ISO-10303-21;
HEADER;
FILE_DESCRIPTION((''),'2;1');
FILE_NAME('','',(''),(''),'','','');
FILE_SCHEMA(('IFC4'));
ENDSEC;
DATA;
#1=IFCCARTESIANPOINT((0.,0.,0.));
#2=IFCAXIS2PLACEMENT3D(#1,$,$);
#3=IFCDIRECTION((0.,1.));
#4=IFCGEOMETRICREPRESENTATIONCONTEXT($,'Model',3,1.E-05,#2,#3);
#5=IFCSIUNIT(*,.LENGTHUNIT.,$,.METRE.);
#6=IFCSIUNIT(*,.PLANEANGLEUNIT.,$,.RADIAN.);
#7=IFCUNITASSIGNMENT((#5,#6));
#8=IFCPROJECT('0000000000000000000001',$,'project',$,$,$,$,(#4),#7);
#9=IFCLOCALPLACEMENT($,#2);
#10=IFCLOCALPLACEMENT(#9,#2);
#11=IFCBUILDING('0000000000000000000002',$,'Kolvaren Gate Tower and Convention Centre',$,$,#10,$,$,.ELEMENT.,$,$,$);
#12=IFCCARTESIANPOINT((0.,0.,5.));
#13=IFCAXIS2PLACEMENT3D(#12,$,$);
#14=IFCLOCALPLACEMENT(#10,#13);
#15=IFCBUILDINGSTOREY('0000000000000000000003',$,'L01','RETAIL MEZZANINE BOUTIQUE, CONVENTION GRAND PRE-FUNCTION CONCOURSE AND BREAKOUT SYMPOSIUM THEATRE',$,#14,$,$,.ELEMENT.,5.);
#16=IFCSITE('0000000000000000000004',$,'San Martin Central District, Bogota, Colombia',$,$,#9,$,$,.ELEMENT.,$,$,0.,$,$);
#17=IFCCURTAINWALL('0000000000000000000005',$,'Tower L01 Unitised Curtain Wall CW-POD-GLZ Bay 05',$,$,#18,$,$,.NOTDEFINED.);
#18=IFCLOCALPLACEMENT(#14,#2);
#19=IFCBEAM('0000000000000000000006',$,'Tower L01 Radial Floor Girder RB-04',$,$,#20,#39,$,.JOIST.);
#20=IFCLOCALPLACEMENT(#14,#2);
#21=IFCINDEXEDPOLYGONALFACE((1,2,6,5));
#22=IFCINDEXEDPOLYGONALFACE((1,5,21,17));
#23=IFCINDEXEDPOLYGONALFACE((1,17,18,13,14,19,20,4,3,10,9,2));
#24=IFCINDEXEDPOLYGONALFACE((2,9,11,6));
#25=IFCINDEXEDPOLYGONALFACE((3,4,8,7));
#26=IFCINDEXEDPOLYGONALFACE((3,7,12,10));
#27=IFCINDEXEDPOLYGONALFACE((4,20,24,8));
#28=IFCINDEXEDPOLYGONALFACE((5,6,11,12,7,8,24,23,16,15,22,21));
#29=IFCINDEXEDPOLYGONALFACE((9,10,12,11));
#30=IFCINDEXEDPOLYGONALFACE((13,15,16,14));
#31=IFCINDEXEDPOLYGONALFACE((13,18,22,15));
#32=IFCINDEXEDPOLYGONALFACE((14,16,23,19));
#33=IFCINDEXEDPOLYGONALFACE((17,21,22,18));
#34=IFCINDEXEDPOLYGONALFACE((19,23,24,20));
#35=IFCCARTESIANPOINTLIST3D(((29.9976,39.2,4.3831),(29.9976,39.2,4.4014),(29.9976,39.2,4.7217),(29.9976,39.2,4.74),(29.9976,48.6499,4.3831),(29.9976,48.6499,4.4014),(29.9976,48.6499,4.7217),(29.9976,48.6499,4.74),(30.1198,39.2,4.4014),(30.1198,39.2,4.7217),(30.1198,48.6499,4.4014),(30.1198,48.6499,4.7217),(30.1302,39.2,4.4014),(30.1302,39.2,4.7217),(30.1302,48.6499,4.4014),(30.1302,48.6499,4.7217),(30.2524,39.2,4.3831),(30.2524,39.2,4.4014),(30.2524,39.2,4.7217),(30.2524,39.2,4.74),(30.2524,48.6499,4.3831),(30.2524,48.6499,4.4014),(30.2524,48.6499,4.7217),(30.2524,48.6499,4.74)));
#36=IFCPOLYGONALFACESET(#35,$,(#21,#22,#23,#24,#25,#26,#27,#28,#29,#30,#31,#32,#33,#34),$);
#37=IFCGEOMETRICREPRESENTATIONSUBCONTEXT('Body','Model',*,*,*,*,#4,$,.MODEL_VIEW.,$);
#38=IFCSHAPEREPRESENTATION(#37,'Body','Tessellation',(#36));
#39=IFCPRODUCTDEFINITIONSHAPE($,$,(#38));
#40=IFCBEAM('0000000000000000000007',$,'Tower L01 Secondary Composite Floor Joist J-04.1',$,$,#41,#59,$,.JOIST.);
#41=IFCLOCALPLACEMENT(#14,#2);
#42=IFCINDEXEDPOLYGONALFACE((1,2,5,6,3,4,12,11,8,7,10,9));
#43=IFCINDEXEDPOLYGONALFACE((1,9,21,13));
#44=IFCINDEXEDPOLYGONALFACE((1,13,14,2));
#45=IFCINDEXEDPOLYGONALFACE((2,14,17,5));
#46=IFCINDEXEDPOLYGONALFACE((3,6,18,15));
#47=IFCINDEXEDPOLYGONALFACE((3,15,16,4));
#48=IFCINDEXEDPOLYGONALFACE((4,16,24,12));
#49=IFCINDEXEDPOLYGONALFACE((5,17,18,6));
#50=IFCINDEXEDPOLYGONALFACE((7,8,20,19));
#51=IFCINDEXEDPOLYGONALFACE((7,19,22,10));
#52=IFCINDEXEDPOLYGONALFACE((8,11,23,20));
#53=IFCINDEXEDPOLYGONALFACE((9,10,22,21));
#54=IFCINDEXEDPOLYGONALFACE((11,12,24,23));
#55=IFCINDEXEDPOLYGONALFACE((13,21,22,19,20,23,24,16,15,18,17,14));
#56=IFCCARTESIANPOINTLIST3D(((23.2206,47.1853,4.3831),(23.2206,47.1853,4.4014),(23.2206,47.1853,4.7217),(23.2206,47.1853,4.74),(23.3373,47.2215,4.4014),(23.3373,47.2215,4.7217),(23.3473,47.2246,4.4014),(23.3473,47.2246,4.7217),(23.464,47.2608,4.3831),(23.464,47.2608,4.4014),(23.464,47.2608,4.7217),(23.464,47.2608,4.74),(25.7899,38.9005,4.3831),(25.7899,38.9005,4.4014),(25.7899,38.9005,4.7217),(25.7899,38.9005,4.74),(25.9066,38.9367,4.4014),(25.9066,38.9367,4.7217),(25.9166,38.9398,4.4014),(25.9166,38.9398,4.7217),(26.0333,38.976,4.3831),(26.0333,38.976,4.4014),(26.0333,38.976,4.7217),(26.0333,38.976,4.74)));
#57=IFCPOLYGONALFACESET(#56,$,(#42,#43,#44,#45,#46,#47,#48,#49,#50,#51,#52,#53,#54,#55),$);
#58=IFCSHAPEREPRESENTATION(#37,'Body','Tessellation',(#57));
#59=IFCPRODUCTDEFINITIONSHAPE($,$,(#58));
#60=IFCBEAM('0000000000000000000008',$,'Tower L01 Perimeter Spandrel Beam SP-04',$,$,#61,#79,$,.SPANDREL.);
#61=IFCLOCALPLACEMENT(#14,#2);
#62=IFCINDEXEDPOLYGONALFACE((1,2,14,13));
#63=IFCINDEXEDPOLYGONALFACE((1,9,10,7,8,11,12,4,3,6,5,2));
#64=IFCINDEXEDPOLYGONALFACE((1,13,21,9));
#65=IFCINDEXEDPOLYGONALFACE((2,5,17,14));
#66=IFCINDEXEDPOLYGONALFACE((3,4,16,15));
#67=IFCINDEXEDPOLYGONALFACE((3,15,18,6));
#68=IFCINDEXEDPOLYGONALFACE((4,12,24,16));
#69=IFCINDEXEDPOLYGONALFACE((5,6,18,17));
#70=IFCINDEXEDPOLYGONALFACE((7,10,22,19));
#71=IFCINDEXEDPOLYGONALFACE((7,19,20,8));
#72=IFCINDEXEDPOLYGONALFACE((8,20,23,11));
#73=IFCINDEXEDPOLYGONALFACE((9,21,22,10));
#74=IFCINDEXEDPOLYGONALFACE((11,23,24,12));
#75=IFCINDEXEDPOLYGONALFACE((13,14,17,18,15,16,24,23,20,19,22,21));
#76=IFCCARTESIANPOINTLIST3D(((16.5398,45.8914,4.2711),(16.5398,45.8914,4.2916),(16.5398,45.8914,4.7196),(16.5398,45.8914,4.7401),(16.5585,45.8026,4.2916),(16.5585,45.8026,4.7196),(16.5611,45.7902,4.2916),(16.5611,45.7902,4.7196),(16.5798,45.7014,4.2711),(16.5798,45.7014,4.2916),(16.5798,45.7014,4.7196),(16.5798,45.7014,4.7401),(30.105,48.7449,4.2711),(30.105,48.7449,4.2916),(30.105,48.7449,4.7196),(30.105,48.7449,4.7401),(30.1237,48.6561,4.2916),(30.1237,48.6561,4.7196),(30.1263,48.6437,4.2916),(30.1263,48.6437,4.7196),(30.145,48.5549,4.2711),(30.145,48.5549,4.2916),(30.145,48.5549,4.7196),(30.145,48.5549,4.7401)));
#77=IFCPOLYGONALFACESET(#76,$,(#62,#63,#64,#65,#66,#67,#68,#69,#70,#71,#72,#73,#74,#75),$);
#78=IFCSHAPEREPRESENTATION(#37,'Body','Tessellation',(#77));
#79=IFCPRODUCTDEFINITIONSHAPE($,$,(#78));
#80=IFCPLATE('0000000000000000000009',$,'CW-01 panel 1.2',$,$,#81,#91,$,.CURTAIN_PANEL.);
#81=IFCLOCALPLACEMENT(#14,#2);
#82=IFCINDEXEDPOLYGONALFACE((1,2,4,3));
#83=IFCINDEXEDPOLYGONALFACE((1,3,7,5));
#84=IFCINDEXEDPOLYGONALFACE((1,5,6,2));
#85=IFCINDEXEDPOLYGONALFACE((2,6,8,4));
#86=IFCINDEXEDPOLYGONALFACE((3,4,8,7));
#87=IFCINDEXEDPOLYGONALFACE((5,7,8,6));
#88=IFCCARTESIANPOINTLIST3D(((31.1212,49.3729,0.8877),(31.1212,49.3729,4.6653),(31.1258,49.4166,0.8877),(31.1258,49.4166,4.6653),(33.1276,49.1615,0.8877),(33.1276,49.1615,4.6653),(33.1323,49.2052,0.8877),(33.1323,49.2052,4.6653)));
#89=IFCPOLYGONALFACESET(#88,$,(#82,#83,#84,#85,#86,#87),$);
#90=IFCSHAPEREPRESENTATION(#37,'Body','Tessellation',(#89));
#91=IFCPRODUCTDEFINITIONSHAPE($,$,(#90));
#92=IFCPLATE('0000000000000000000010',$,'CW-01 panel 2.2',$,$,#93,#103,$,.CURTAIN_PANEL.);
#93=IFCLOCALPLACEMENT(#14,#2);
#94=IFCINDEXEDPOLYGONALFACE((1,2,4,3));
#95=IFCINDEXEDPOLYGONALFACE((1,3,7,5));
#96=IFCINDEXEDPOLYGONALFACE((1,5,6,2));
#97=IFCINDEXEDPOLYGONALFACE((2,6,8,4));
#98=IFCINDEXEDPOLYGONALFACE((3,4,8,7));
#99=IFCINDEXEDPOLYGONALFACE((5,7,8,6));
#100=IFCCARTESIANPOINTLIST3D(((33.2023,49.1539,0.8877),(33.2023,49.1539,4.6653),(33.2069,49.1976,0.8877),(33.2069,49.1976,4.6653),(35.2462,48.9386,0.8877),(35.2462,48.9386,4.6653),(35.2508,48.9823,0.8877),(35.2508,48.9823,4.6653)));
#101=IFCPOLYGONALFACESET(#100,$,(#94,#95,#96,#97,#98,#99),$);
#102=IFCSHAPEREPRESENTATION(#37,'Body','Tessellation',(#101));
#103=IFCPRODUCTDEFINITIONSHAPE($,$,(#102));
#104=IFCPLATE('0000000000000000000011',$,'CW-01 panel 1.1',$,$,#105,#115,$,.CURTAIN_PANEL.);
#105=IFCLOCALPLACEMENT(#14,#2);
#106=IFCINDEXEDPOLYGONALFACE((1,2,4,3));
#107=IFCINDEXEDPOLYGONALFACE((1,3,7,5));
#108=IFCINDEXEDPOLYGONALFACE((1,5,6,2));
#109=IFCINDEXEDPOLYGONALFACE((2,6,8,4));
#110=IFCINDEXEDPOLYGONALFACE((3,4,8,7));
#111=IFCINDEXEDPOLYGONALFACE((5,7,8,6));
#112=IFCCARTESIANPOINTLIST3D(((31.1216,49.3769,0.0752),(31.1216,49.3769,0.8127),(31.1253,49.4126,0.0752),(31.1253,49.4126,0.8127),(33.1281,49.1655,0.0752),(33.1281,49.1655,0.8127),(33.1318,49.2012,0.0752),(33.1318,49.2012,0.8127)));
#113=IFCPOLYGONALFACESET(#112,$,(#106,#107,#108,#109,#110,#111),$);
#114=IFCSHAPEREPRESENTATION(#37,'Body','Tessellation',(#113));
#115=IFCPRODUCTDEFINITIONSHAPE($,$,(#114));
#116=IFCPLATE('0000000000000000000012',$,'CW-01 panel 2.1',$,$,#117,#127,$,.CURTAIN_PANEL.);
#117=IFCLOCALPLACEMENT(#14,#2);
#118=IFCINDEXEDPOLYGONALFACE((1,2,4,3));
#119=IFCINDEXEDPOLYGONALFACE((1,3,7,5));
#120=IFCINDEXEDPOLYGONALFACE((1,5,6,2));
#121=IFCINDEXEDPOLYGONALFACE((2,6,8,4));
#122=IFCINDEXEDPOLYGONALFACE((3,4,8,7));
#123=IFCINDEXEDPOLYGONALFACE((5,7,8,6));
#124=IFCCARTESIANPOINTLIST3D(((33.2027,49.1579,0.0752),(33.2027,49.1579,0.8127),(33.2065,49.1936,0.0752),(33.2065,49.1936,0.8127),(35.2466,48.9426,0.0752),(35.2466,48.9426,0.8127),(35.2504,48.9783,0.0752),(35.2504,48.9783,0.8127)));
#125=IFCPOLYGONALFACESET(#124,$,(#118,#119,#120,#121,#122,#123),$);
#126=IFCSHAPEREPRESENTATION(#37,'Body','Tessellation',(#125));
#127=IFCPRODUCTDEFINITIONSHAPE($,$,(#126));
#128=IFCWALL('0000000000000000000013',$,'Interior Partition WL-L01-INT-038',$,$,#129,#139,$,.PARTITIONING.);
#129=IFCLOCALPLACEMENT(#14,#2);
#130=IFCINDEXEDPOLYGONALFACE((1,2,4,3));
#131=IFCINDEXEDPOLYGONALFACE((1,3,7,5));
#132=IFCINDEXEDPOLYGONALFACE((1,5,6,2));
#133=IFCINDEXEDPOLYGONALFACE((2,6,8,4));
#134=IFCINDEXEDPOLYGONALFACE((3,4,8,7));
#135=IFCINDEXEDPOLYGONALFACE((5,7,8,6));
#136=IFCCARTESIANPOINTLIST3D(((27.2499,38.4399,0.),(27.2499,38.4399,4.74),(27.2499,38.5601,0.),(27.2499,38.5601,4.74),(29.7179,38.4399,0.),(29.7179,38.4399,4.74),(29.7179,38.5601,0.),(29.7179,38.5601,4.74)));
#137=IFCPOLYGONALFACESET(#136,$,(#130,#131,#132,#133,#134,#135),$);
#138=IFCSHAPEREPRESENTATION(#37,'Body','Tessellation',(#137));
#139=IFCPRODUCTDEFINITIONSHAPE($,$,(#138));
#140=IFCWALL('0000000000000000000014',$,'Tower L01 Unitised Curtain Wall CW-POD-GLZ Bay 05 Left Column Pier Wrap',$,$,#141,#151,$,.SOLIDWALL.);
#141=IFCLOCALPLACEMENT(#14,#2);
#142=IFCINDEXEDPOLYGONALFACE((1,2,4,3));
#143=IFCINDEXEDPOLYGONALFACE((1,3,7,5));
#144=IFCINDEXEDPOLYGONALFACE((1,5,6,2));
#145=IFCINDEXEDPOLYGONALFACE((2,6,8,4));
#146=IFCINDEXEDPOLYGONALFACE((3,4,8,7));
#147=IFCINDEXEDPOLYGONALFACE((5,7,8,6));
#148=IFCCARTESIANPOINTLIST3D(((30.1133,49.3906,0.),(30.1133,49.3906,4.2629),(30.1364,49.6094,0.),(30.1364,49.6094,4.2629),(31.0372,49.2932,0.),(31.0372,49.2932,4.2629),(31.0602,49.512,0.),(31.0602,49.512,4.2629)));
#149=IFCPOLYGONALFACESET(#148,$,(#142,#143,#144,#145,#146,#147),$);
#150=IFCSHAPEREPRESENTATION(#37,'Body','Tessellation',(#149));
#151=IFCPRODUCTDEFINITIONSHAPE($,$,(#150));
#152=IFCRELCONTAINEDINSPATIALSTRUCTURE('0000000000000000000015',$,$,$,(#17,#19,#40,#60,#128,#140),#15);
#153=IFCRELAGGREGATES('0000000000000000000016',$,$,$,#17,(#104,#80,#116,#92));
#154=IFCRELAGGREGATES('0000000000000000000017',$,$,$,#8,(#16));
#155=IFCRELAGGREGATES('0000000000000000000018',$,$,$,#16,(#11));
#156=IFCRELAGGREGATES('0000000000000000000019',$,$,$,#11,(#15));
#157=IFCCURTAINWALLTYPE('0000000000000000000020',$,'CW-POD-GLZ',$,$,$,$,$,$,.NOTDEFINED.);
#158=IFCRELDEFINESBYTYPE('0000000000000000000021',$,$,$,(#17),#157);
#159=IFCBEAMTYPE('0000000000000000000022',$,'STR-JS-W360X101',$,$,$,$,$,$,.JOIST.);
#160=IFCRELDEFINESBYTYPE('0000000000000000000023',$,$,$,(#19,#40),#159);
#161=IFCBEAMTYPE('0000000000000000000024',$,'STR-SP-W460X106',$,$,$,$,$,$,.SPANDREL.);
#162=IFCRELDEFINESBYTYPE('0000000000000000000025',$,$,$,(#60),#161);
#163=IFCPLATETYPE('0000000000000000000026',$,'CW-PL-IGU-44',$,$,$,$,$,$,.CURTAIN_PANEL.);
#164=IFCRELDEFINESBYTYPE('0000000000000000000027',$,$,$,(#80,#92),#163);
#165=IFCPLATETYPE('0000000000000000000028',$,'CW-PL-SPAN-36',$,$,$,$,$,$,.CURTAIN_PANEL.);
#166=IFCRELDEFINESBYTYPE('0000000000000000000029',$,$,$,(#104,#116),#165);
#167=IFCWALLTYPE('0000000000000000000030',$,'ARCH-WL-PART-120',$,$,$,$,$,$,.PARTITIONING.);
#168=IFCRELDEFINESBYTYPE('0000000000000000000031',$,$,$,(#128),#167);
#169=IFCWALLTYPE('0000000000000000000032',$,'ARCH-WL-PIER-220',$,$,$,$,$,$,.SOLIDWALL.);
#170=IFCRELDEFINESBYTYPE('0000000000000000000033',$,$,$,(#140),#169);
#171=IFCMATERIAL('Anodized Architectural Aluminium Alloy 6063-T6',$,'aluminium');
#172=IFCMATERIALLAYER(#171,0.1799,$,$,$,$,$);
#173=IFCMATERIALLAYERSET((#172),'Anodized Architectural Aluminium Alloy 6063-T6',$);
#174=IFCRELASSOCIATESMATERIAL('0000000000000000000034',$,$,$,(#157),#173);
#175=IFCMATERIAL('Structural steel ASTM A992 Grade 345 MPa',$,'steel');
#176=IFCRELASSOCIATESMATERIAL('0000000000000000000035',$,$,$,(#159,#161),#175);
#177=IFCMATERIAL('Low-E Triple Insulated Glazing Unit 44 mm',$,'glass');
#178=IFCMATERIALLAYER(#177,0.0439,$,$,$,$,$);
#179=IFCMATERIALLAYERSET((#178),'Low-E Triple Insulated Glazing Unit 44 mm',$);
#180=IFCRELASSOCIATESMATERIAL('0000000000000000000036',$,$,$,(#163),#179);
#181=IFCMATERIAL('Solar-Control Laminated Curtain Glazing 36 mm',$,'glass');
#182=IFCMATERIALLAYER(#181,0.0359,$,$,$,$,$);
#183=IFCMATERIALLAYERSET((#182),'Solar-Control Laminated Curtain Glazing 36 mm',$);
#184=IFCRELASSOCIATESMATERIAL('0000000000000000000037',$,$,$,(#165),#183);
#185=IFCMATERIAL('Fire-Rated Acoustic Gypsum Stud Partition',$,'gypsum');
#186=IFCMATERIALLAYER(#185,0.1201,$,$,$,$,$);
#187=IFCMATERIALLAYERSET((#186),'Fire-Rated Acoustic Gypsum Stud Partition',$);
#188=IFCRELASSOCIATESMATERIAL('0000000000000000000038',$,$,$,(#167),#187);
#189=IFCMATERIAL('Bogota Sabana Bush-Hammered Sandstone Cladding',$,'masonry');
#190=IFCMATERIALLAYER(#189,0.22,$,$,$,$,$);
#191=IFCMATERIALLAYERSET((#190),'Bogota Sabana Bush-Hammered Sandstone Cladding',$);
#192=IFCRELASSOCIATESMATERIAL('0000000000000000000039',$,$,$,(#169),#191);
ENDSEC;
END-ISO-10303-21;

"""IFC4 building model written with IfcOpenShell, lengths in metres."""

from ifc_helpers import new_model, si_unit, direction, frame, frame_2d, origin, origin_2d, place, context, subcontext, project, spatial, rectangle, i_section, extrude, material, layer, layer_set, material_profile, profile_set, type_object, element, aggregate, save


model = new_model("IFC4")

# Units and contexts
model_context = context("Model", 3, precision=1e-05, world=origin(), true_north=direction((0.0, 1.0)))
body_context = subcontext(model_context, "Body", "Model", "MODEL_VIEW")
ifc_project = project(units=[si_unit("LENGTHUNIT", "METRE"), si_unit("PLANEANGLEUNIT", "RADIAN")], contexts=[model_context])

# Site, building, storey
site_placement = place(None, origin())
site = spatial("IfcSite", under=ifc_project, at=site_placement, Name="San Martin Central District, Bogota, Colombia", CompositionType="ELEMENT", RefElevation=0.0)
building_placement = place(site_placement, origin())
building = spatial("IfcBuilding", under=site, at=building_placement, Name="Kolvaren Gate Tower and Convention Centre", CompositionType="ELEMENT")
storey_placement = place(building_placement, frame((0.0, 0.0, 5.0)))
storey = spatial("IfcBuildingStorey", under=building, at=storey_placement, Name="L01", Description="RETAIL MEZZANINE BOUTIQUE, CONVENTION GRAND PRE-FUNCTION CONCOURSE AND BREAKOUT SYMPOSIUM THEATRE", CompositionType="ELEMENT", Elevation=5.0)

# Curtain wall
ifc_material_1 = material(Name="Anodized Architectural Aluminium Alloy 6063-T6", Category="aluminium")
ifc_layer_1 = layer(ifc_material_1, 0.1799)
ifc_layer_set_1 = layer_set([ifc_layer_1], Name="Anodized Architectural Aluminium Alloy 6063-T6")
curtain_wall_type = type_object("IfcCurtainWallType", Name="CW-POD-GLZ", PredefinedType="NOTDEFINED", material=ifc_layer_set_1)
curtain_wall_placement = place(storey_placement, origin())
curtain_wall = element("IfcCurtainWall", 1, at=curtain_wall_placement, inside=storey, type_object=curtain_wall_type, Name="Tower L01 Unitised Curtain Wall CW-POD-GLZ Bay 05", PredefinedType="NOTDEFINED")

# Beams
ifc_material_2 = material(Name="Structural steel ASTM A992 Grade 345 MPa", Category="steel")
ifc_material_profile_1 = material_profile(ifc_material_2, i_section(OverallWidth=0.2549, OverallDepth=0.3569, WebThickness=0.0105, FlangeThickness=0.0183, at=origin_2d()), Name="W360X101")
ifc_profile_set_1 = profile_set([ifc_material_profile_1], Name="Structural steel ASTM A992 Grade 345 MPa")
beam_type_1 = type_object("IfcBeamType", Name="STR-JS-W360X101", PredefinedType="JOIST", material=ifc_profile_set_1)
beam_1_placement = place(storey_placement, frame((30.125, 39.2, 4.5615), z_axis=(0.0, 1.0, 0.0), x_axis=(-1.0, 0.0, 0.0)))
element("IfcBeam", 2, at=beam_1_placement, inside=storey, type_object=beam_type_1, Name="Tower L01 Radial Floor Girder RB-04", PredefinedType="JOIST", context=body_context, shape_type="SweptSolid", body=[
    extrude(i_section(OverallWidth=0.2549, OverallDepth=0.3569, WebThickness=0.0105, FlangeThickness=0.0183, at=origin_2d()), origin(), (0.0, 0.0, 1.0), 9.45),
])
beam_2_placement = place(storey_placement, frame((25.9116, 38.9382, 4.5615), z_axis=(-0.296205, 0.955124, 0.0), x_axis=(-0.955124, -0.296205, 0.0)))
element("IfcBeam", 3, at=beam_2_placement, inside=storey, type_object=beam_type_1, Name="Tower L01 Secondary Composite Floor Joist J-04.1", PredefinedType="JOIST", context=body_context, shape_type="SweptSolid", body=[
    extrude(i_section(OverallWidth=0.2549, OverallDepth=0.3569, WebThickness=0.0105, FlangeThickness=0.0183, at=origin_2d()), origin(), (0.0, 0.0, 1.0), 8.6741),
])
ifc_material_profile_2 = material_profile(ifc_material_2, i_section(OverallWidth=0.1941, OverallDepth=0.469, WebThickness=0.0127, FlangeThickness=0.0205, at=origin_2d()), Name="W460X106")
ifc_profile_set_2 = profile_set([ifc_material_profile_2], Name="Structural steel ASTM A992 Grade 345 MPa")
beam_type_2 = type_object("IfcBeamType", Name="STR-SP-W460X106", PredefinedType="SPANDREL", material=ifc_profile_set_2)
beam_3_placement = place(storey_placement, frame((30.125, 48.6499, 4.5056), z_axis=(-0.978583, -0.205851, 0.0), x_axis=(0.205851, -0.978583, 0.0)))
element("IfcBeam", 4, at=beam_3_placement, inside=storey, type_object=beam_type_2, Name="Tower L01 Perimeter Spandrel Beam SP-04", PredefinedType="SPANDREL", context=body_context, shape_type="SweptSolid", body=[
    extrude(i_section(OverallWidth=0.1941, OverallDepth=0.469, WebThickness=0.0127, FlangeThickness=0.0205, at=origin_2d()), origin(), (0.0, 0.0, 1.0), 13.8621),
])

# Plates
ifc_material_3 = material(Name="Low-E Triple Insulated Glazing Unit 44 mm", Category="glass")
ifc_layer_2 = layer(ifc_material_3, 0.0439)
ifc_layer_set_2 = layer_set([ifc_layer_2], Name="Low-E Triple Insulated Glazing Unit 44 mm")
plate_type_1 = type_object("IfcPlateType", Name="CW-PL-IGU-44", PredefinedType="CURTAIN_PANEL", material=ifc_layer_set_2)
plate_1_placement = place(storey_placement, frame((32.1267, 49.2891, 0.8877), z_axis=(0.0, 0.0, 1.0), x_axis=(0.994499, -0.104748, 0.0)))
plate_1 = element("IfcPlate", 5, at=plate_1_placement, type_object=plate_type_1, Name="CW-01 panel 1.2", PredefinedType="CURTAIN_PANEL", context=body_context, shape_type="SweptSolid", body=[
    extrude(rectangle(XDim=2.0176, YDim=0.0439, at=origin_2d()), origin(), (0.0, 0.0, 1.0), 3.7776),
])
plate_2_placement = place(storey_placement, frame((34.2266, 49.0681, 0.8877), z_axis=(0.0, 0.0, 1.0), x_axis=(0.994499, -0.104748, 0.0)))
plate_2 = element("IfcPlate", 6, at=plate_2_placement, type_object=plate_type_1, Name="CW-01 panel 2.2", PredefinedType="CURTAIN_PANEL", context=body_context, shape_type="SweptSolid", body=[
    extrude(rectangle(XDim=2.0552, YDim=0.0439, at=origin_2d()), origin(), (0.0, 0.0, 1.0), 3.7776),
])
ifc_material_4 = material(Name="Solar-Control Laminated Curtain Glazing 36 mm", Category="glass")
ifc_layer_3 = layer(ifc_material_4, 0.0359)
ifc_layer_set_3 = layer_set([ifc_layer_3], Name="Solar-Control Laminated Curtain Glazing 36 mm")
plate_type_2 = type_object("IfcPlateType", Name="CW-PL-SPAN-36", PredefinedType="CURTAIN_PANEL", material=ifc_layer_set_3)
plate_3_placement = place(storey_placement, frame((32.1267, 49.2891, 0.0752), z_axis=(0.0, 0.0, 1.0), x_axis=(0.994499, -0.104748, 0.0)))
plate_3 = element("IfcPlate", 7, at=plate_3_placement, type_object=plate_type_2, Name="CW-01 panel 1.1", PredefinedType="CURTAIN_PANEL", context=body_context, shape_type="SweptSolid", body=[
    extrude(rectangle(XDim=2.0176, YDim=0.0359, at=origin_2d()), origin(), (0.0, 0.0, 1.0), 0.7375),
])
plate_4_placement = place(storey_placement, frame((34.2266, 49.0681, 0.0752), z_axis=(0.0, 0.0, 1.0), x_axis=(0.994499, -0.104748, 0.0)))
plate_4 = element("IfcPlate", 8, at=plate_4_placement, type_object=plate_type_2, Name="CW-01 panel 2.1", PredefinedType="CURTAIN_PANEL", context=body_context, shape_type="SweptSolid", body=[
    extrude(rectangle(XDim=2.0552, YDim=0.0359, at=origin_2d()), origin(), (0.0, 0.0, 1.0), 0.7375),
])
aggregate(curtain_wall, [plate_3, plate_1, plate_4, plate_2])

# Walls
ifc_material_5 = material(Name="Fire-Rated Acoustic Gypsum Stud Partition", Category="gypsum")
ifc_layer_4 = layer(ifc_material_5, 0.1201)
ifc_layer_set_4 = layer_set([ifc_layer_4], Name="Fire-Rated Acoustic Gypsum Stud Partition")
wall_type_1 = type_object("IfcWallType", Name="ARCH-WL-PART-120", PredefinedType="PARTITIONING", material=ifc_layer_set_4)
wall_1_placement = place(storey_placement, frame((27.25, 38.5, 0.0), z_axis=(0.0, 0.0, 1.0), x_axis=(1.0, 0.0, 0.0)))
element("IfcWall", 9, at=wall_1_placement, inside=storey, type_object=wall_type_1, Name="Interior Partition WL-L01-INT-038", PredefinedType="PARTITIONING", context=body_context, shape_type="SweptSolid", body=[
    extrude(rectangle(XDim=2.468, YDim=0.1201, at=frame_2d((1.2339, 0.0))), origin(), (0.0, 0.0, 1.0), 4.74),
])
ifc_material_6 = material(Name="Bogota Sabana Bush-Hammered Sandstone Cladding", Category="masonry")
ifc_layer_5 = layer(ifc_material_6, 0.22)
ifc_layer_set_5 = layer_set([ifc_layer_5], Name="Bogota Sabana Bush-Hammered Sandstone Cladding")
wall_type_2 = type_object("IfcWallType", Name="ARCH-WL-PIER-220", PredefinedType="SOLIDWALL", material=ifc_layer_set_5)
wall_2_placement = place(storey_placement, frame((30.125, 49.5, 0.0), z_axis=(0.0, 0.0, 1.0), x_axis=(0.994487, -0.104863, 0.0)))
element("IfcWall", 10, at=wall_2_placement, inside=storey, type_object=wall_type_2, Name="Tower L01 Unitised Curtain Wall CW-POD-GLZ Bay 05 Left Column Pier Wrap", PredefinedType="SOLIDWALL", context=body_context, shape_type="SweptSolid", body=[
    extrude(rectangle(XDim=0.929, YDim=0.22, at=frame_2d((0.4644, 0.0))), origin(), (0.0, 0.0, 1.0), 4.2629),
])

save(model, "model.ifc")
